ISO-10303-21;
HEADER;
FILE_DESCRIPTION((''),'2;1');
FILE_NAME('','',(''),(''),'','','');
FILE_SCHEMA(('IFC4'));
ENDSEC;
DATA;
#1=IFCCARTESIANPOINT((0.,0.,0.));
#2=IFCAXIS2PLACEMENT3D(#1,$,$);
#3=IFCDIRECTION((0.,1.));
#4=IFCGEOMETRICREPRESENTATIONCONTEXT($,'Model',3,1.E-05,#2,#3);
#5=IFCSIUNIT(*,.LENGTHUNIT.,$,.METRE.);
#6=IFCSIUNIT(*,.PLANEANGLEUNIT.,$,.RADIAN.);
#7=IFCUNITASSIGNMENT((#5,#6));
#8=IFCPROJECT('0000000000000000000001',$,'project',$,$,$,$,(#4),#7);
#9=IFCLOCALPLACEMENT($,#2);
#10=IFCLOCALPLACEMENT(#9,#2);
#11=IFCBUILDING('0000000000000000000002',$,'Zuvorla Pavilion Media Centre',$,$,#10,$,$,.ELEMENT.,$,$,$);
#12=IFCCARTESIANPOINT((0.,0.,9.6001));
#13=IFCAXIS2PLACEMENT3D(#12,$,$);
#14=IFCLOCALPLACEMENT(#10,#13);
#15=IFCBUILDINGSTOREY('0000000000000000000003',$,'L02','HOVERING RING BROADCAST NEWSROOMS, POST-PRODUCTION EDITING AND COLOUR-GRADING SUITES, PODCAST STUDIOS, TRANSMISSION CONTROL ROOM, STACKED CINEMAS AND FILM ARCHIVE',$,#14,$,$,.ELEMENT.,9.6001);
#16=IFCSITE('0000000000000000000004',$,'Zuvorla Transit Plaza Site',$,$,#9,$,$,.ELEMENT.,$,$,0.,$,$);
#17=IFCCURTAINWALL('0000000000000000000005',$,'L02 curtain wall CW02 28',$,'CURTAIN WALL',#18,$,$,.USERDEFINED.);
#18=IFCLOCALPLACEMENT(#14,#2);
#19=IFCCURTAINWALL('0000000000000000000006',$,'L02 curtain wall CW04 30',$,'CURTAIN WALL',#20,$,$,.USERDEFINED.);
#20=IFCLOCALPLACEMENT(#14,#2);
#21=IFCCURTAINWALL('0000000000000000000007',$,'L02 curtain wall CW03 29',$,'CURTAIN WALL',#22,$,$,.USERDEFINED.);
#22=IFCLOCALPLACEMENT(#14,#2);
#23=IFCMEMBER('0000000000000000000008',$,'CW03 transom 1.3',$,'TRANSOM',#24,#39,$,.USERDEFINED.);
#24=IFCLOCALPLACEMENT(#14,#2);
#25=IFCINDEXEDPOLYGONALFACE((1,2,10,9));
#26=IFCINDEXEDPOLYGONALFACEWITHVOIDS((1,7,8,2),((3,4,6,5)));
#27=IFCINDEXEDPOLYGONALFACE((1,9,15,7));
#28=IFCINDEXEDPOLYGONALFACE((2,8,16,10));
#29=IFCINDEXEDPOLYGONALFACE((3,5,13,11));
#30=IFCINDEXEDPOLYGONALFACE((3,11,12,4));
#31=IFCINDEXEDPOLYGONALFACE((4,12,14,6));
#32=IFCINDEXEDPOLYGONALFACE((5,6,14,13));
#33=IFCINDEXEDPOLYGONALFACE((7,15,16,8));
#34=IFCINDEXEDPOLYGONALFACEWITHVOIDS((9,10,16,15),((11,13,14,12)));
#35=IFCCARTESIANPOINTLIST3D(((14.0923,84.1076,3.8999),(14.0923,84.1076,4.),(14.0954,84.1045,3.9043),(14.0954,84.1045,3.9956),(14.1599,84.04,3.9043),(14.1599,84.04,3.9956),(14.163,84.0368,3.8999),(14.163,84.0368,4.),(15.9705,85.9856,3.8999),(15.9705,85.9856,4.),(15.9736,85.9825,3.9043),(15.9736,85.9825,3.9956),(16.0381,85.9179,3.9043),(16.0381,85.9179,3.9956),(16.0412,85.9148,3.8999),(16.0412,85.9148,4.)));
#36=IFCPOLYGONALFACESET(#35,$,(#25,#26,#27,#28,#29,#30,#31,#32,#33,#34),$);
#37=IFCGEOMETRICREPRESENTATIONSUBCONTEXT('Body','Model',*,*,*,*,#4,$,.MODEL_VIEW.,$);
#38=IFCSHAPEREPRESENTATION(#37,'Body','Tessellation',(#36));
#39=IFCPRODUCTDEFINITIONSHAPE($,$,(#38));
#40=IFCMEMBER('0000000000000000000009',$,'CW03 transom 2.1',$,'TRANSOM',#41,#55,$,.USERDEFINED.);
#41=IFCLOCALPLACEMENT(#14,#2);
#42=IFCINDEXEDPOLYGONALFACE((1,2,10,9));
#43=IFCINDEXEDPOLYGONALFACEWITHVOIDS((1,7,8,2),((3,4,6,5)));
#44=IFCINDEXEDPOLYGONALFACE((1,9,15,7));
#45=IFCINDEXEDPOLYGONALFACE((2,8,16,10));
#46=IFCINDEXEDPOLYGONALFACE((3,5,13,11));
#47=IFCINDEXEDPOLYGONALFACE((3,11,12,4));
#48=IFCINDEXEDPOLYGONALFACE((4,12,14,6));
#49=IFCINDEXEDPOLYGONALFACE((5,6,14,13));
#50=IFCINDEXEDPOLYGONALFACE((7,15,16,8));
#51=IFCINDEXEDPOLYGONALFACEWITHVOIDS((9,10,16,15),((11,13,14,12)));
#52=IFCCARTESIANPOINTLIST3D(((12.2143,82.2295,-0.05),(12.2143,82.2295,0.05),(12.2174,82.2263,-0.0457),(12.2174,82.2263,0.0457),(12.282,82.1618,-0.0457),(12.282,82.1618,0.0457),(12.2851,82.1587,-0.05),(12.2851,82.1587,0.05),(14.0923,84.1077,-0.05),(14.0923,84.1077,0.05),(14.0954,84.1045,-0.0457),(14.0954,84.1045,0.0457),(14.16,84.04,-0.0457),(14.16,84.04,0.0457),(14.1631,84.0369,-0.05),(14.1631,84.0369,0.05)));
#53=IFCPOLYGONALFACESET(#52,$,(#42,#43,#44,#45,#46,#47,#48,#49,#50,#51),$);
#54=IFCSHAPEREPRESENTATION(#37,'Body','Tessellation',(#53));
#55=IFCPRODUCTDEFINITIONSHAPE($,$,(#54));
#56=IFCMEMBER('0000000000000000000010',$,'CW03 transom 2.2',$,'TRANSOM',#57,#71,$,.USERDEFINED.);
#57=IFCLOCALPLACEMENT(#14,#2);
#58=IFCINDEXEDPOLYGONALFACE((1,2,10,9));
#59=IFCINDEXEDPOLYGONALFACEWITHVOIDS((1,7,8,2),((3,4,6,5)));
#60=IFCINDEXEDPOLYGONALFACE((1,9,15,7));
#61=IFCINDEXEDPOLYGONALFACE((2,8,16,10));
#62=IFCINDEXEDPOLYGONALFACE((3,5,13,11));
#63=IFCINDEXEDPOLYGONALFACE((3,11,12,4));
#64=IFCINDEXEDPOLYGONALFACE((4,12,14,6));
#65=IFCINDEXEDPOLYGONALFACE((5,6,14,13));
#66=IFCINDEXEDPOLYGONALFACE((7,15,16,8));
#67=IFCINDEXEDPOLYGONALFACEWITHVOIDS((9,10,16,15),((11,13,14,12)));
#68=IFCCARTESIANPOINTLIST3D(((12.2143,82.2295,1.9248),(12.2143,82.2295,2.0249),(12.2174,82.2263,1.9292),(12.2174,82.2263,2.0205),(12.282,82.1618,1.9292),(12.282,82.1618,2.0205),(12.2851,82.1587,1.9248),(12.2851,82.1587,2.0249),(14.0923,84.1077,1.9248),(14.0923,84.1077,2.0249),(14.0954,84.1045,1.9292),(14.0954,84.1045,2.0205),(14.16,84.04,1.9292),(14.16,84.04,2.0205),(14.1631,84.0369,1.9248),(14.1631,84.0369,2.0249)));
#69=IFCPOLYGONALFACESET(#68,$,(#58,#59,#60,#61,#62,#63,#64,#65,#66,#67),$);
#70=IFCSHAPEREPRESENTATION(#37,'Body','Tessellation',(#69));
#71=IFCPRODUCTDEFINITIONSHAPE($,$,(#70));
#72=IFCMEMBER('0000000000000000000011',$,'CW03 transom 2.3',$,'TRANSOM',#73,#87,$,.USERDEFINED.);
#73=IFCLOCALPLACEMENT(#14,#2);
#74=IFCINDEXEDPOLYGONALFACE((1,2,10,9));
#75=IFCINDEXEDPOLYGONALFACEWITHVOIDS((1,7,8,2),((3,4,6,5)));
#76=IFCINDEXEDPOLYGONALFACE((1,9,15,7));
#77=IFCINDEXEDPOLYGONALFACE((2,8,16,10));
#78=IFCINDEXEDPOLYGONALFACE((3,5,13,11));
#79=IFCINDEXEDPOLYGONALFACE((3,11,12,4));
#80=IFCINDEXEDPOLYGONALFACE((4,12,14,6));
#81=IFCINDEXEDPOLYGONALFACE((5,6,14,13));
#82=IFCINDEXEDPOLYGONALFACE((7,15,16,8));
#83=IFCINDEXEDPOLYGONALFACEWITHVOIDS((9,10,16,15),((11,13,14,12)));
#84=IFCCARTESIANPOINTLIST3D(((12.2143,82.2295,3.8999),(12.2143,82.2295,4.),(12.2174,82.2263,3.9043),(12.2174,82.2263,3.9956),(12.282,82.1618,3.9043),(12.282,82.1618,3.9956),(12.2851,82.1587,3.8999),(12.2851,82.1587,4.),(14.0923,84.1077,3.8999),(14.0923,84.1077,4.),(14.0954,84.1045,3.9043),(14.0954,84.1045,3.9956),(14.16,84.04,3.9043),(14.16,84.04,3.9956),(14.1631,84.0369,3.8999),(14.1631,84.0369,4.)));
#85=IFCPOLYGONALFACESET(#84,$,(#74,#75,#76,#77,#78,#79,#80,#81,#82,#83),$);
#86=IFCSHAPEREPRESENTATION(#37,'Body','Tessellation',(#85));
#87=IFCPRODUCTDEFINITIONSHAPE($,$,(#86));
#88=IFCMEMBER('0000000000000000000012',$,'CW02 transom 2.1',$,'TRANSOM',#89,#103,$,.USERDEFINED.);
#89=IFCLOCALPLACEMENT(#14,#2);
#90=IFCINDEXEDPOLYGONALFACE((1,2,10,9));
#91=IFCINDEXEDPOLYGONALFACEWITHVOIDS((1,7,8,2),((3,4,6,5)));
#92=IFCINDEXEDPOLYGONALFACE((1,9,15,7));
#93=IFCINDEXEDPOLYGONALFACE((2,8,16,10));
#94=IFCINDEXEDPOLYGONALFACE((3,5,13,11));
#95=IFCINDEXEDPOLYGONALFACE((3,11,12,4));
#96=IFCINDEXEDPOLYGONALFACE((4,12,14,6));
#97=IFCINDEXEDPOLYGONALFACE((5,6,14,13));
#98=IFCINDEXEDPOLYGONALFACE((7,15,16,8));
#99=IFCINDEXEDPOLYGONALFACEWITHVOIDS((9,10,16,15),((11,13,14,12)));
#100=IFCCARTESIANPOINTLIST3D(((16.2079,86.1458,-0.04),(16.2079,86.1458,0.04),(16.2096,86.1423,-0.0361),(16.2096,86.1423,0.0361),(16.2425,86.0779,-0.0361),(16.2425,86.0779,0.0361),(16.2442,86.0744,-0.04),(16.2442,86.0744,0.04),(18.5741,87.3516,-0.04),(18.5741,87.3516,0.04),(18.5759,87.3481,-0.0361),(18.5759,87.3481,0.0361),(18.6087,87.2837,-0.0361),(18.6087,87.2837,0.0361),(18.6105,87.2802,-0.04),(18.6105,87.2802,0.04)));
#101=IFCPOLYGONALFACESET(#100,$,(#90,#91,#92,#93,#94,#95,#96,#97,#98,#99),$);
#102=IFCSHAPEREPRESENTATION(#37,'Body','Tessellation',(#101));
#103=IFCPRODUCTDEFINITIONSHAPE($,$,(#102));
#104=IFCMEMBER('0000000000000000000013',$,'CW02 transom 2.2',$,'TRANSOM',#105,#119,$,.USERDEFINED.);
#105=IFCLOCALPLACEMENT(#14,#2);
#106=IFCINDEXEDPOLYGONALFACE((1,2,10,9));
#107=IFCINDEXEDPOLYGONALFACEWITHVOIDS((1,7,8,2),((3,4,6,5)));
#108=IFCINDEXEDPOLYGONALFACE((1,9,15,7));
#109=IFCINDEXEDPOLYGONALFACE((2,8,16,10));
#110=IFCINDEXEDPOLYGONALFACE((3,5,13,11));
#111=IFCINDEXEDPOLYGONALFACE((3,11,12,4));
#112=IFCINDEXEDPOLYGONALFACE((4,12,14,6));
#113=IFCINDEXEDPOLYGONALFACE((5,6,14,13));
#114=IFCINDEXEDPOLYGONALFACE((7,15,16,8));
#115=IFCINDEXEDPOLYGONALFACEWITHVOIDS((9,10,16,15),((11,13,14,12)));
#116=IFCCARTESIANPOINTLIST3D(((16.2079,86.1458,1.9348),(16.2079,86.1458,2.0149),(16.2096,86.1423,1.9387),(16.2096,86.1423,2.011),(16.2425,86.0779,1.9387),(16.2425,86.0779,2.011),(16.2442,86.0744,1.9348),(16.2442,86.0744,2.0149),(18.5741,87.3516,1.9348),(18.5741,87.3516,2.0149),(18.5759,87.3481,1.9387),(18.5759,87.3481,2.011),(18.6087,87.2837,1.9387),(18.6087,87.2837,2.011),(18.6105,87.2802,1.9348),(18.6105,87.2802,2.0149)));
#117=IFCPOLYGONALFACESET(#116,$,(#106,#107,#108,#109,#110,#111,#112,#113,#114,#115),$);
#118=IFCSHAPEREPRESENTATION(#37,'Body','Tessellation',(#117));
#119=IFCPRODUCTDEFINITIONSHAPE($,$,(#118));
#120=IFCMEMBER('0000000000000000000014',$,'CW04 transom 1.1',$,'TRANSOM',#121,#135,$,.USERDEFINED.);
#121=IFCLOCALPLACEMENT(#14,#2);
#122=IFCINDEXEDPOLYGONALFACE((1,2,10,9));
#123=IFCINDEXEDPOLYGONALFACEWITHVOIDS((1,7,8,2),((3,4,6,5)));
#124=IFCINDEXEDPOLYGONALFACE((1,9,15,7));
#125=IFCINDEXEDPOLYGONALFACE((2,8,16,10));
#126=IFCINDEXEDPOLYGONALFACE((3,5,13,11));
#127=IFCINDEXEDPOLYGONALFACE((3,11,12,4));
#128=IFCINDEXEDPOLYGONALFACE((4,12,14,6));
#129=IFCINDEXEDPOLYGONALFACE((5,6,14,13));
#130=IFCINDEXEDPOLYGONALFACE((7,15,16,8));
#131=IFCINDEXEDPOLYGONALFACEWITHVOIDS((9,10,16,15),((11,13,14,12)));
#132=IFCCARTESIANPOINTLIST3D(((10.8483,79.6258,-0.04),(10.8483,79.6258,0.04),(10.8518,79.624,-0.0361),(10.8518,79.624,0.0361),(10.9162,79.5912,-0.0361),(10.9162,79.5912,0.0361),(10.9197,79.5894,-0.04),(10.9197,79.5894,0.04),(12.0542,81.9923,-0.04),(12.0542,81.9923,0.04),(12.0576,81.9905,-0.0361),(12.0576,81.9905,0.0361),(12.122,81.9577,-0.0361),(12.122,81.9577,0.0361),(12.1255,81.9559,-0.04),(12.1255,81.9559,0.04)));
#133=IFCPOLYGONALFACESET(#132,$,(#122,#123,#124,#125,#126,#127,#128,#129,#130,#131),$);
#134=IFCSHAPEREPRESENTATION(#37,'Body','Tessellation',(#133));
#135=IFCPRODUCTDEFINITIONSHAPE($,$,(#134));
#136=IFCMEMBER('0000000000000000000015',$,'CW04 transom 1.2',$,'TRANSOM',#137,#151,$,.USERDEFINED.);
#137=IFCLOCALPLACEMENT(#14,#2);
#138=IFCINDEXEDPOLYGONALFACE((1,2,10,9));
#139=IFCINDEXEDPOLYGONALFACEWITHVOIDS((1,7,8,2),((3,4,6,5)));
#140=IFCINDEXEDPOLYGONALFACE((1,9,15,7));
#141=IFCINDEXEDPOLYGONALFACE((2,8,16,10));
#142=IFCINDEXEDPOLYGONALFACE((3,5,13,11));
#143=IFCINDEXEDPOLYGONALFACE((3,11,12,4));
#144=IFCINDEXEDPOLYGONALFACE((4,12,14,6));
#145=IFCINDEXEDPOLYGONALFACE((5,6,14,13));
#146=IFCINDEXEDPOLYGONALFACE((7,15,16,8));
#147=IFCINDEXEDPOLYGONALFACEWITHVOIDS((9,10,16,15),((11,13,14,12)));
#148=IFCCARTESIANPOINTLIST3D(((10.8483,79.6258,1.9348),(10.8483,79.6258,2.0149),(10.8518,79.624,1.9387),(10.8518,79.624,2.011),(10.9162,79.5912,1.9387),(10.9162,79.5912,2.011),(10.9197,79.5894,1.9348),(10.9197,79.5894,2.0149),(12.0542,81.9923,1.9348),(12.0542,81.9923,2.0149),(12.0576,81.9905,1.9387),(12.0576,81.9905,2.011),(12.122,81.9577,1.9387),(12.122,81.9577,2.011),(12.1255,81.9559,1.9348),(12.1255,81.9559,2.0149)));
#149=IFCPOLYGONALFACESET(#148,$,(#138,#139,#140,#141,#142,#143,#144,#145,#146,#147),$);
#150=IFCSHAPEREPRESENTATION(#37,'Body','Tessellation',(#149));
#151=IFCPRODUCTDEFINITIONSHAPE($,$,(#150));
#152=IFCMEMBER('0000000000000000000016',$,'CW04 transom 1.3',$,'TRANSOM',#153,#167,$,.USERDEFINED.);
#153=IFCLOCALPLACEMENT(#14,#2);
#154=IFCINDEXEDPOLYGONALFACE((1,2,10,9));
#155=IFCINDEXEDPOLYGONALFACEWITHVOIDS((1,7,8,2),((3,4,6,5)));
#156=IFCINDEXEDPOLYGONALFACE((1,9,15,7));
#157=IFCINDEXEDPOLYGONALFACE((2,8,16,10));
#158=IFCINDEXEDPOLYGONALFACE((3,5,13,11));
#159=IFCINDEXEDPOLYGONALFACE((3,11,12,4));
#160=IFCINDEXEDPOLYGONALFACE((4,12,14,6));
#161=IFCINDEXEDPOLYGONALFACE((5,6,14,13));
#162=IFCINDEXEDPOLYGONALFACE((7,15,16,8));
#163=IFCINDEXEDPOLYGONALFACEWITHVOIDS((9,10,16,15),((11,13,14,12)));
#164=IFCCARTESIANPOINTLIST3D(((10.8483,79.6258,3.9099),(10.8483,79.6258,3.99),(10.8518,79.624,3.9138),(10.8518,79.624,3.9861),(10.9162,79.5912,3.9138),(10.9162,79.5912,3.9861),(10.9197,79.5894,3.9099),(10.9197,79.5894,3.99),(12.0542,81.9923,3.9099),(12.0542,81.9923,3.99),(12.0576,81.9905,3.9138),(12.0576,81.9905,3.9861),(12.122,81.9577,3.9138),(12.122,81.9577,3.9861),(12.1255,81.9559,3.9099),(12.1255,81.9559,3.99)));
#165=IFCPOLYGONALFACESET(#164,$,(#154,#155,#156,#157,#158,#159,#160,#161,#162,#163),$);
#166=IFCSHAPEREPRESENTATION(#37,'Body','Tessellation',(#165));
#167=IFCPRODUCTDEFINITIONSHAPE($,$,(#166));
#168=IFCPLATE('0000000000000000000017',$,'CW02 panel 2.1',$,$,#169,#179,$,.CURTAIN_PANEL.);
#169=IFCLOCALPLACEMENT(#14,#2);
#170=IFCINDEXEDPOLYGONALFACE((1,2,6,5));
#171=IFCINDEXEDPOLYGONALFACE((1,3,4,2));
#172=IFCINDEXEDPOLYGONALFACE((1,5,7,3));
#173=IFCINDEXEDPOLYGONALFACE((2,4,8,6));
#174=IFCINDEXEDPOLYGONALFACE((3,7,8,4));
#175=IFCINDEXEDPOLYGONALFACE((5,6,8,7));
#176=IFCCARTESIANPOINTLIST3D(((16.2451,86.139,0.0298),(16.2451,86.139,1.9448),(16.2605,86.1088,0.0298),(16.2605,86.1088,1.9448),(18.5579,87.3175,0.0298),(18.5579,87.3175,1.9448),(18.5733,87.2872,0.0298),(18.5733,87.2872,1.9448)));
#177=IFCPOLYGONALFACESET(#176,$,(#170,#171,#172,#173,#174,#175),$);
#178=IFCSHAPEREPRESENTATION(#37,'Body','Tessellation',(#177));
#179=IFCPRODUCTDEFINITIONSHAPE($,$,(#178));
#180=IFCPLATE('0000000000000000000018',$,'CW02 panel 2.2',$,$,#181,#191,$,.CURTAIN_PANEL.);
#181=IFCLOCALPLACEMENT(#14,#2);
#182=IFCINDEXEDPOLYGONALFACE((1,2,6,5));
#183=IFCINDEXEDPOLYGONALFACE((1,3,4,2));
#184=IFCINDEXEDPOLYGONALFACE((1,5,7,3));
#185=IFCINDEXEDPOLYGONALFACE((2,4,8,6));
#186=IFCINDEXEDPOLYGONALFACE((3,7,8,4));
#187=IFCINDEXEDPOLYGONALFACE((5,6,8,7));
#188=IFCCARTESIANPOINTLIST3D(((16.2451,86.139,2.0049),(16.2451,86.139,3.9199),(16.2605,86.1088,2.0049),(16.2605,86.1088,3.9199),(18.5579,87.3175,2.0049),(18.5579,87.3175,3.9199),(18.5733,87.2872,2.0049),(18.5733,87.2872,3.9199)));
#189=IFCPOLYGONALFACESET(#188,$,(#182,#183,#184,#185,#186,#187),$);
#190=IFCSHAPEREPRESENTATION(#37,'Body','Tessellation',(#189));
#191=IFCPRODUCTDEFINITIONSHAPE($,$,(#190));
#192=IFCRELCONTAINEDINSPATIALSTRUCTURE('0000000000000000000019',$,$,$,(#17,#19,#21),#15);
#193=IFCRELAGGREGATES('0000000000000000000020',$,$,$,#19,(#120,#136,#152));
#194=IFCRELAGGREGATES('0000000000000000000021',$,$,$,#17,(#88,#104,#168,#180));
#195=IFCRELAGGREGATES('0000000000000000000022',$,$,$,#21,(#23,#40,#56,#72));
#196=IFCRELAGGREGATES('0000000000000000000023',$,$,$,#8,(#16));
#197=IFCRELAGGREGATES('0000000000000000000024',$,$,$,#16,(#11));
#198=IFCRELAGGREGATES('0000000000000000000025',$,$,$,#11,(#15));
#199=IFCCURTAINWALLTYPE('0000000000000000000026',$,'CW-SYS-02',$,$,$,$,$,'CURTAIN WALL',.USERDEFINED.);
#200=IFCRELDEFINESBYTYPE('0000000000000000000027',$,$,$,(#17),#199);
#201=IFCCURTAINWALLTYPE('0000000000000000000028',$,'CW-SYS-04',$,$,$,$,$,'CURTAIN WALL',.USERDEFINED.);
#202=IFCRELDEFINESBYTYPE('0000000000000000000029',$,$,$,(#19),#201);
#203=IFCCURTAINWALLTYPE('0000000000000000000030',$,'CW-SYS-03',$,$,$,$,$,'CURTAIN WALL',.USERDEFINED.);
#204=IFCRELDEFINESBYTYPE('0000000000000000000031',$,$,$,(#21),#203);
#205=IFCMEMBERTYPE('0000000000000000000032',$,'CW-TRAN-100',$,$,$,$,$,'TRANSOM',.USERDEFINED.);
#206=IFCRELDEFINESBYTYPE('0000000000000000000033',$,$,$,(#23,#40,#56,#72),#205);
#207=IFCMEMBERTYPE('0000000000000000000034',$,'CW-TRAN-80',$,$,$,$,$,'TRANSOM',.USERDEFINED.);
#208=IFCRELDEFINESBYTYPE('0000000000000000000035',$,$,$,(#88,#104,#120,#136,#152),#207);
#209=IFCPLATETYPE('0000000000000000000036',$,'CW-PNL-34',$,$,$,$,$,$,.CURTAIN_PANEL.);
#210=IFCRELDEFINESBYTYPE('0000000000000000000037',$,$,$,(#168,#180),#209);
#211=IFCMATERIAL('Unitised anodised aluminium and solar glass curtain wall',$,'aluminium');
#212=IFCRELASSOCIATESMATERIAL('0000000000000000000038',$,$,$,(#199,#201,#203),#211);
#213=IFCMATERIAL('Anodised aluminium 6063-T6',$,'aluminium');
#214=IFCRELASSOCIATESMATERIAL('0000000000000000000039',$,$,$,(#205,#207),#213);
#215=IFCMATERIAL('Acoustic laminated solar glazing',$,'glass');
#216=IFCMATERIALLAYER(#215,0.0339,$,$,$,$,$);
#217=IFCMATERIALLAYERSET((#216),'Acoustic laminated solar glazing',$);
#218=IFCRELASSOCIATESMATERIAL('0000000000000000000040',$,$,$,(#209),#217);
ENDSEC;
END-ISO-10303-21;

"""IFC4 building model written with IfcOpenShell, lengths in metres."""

from ifc_helpers import new_model, si_unit, direction, frame, origin, origin_2d, place, context, subcontext, project, spatial, rectangle, hollow_rectangle, extrude, material, layer, layer_set, material_profile, profile_set, type_object, element, aggregate, save


model = new_model("IFC4")

# Units and contexts
model_context = context("Model", 3, precision=1e-05, world=origin(), true_north=direction((0.0, 1.0)))
body_context = subcontext(model_context, "Body", "Model", "MODEL_VIEW")
ifc_project = project(units=[si_unit("LENGTHUNIT", "METRE"), si_unit("PLANEANGLEUNIT", "RADIAN")], contexts=[model_context])

# Site, building, storey
site_placement = place(None, origin())
site = spatial("IfcSite", under=ifc_project, at=site_placement, Name="Zuvorla Transit Plaza Site", CompositionType="ELEMENT", RefElevation=0.0)
building_placement = place(site_placement, origin())
building = spatial("IfcBuilding", under=site, at=building_placement, Name="Zuvorla Pavilion Media Centre", CompositionType="ELEMENT")
storey_placement = place(building_placement, frame((0.0, 0.0, 9.6001)))
storey = spatial("IfcBuildingStorey", under=building, at=storey_placement, Name="L02", Description="HOVERING RING BROADCAST NEWSROOMS, POST-PRODUCTION EDITING AND COLOUR-GRADING SUITES, PODCAST STUDIOS, TRANSMISSION CONTROL ROOM, STACKED CINEMAS AND FILM ARCHIVE", CompositionType="ELEMENT", Elevation=9.6001)

# Curtain wall
ifc_material_1 = material(Name="Unitised anodised aluminium and solar glass curtain wall", Category="aluminium")
curtain_wall_type_1 = type_object("IfcCurtainWallType", Name="CW-SYS-02", ElementType="CURTAIN WALL", PredefinedType="USERDEFINED", material=ifc_material_1)
curtain_wall_1_placement = place(storey_placement, origin())
curtain_wall_1 = element("IfcCurtainWall", 1, at=curtain_wall_1_placement, inside=storey, type_object=curtain_wall_type_1, Name="L02 curtain wall CW02 28", ObjectType="CURTAIN WALL", PredefinedType="USERDEFINED")
ifc_material_2 = material(Name="Anodised aluminium 6063-T6", Category="aluminium")

# Curtain wall
curtain_wall_type_2 = type_object("IfcCurtainWallType", Name="CW-SYS-04", ElementType="CURTAIN WALL", PredefinedType="USERDEFINED", material=ifc_material_1)
curtain_wall_2_placement = place(storey_placement, origin())
curtain_wall_2 = element("IfcCurtainWall", 2, at=curtain_wall_2_placement, inside=storey, type_object=curtain_wall_type_2, Name="L02 curtain wall CW04 30", ObjectType="CURTAIN WALL", PredefinedType="USERDEFINED")

# Curtain wall, members
curtain_wall_type_3 = type_object("IfcCurtainWallType", Name="CW-SYS-03", ElementType="CURTAIN WALL", PredefinedType="USERDEFINED", material=ifc_material_1)
curtain_wall_3_placement = place(storey_placement, origin())
curtain_wall_3 = element("IfcCurtainWall", 3, at=curtain_wall_3_placement, inside=storey, type_object=curtain_wall_type_3, Name="L02 curtain wall CW03 29", ObjectType="CURTAIN WALL", PredefinedType="USERDEFINED")
ifc_material_profile_1 = material_profile(ifc_material_2, hollow_rectangle(XDim=0.1001, YDim=0.1001, WallThickness=0.0044, at=origin_2d()), Name="ALU TRAN 100x100")
ifc_profile_set_1 = profile_set([ifc_material_profile_1], Name="Anodised aluminium 6063-T6")
member_type_1 = type_object("IfcMemberType", Name="CW-TRAN-100", ElementType="TRANSOM", PredefinedType="USERDEFINED", material=ifc_profile_set_1)
member_1_placement = place(storey_placement, frame((16.0059, 85.9502, 3.95), z_axis=(-0.707153, -0.707061, 0.0), x_axis=(0.707061, -0.707153, 0.0)))
member_1 = element("IfcMember", 4, at=member_1_placement, type_object=member_type_1, Name="CW03 transom 1.3", ObjectType="TRANSOM", PredefinedType="USERDEFINED", context=body_context, shape_type="SweptSolid", body=[
    extrude(hollow_rectangle(XDim=0.1001, YDim=0.1001, WallThickness=0.0044, at=origin_2d()), origin(), (0.0, 0.0, 1.0), 2.656),
])
member_2_placement = place(storey_placement, frame((14.1277, 84.0723, 0.0), z_axis=(-0.707061, -0.707153, 0.0), x_axis=(0.707153, -0.707061, 0.0)))
member_2 = element("IfcMember", 5, at=member_2_placement, type_object=member_type_1, Name="CW03 transom 2.1", ObjectType="TRANSOM", PredefinedType="USERDEFINED", context=body_context, shape_type="SweptSolid", body=[
    extrude(hollow_rectangle(XDim=0.1001, YDim=0.1001, WallThickness=0.0044, at=origin_2d()), origin(), (0.0, 0.0, 1.0), 2.656),
])
member_3_placement = place(storey_placement, frame((14.1277, 84.0723, 1.9749), z_axis=(-0.707061, -0.707153, 0.0), x_axis=(0.707153, -0.707061, 0.0)))
member_3 = element("IfcMember", 6, at=member_3_placement, type_object=member_type_1, Name="CW03 transom 2.2", ObjectType="TRANSOM", PredefinedType="USERDEFINED", context=body_context, shape_type="SweptSolid", body=[
    extrude(hollow_rectangle(XDim=0.1001, YDim=0.1001, WallThickness=0.0044, at=origin_2d()), origin(), (0.0, 0.0, 1.0), 2.656),
])
member_4_placement = place(storey_placement, frame((14.1277, 84.0723, 3.95), z_axis=(-0.707061, -0.707153, 0.0), x_axis=(0.707153, -0.707061, 0.0)))
member_4 = element("IfcMember", 7, at=member_4_placement, type_object=member_type_1, Name="CW03 transom 2.3", ObjectType="TRANSOM", PredefinedType="USERDEFINED", context=body_context, shape_type="SweptSolid", body=[
    extrude(hollow_rectangle(XDim=0.1001, YDim=0.1001, WallThickness=0.0044, at=origin_2d()), origin(), (0.0, 0.0, 1.0), 2.656),
])

# Members
ifc_material_profile_2 = material_profile(ifc_material_2, hollow_rectangle(XDim=0.0801, YDim=0.0801, WallThickness=0.0039, at=origin_2d()), Name="ALU TRAN 80x80")
ifc_profile_set_2 = profile_set([ifc_material_profile_2], Name="Anodised aluminium 6063-T6")
member_type_2 = type_object("IfcMemberType", Name="CW-TRAN-80", ElementType="TRANSOM", PredefinedType="USERDEFINED", material=ifc_profile_set_2)
member_5_placement = place(storey_placement, frame((18.5923, 87.3159, 0.0), z_axis=(-0.890981, -0.45404, 0.0), x_axis=(0.45404, -0.890981, 0.0)))
member_5 = element("IfcMember", 8, at=member_5_placement, type_object=member_type_2, Name="CW02 transom 2.1", ObjectType="TRANSOM", PredefinedType="USERDEFINED", context=body_context, shape_type="SweptSolid", body=[
    extrude(hollow_rectangle(XDim=0.0801, YDim=0.0801, WallThickness=0.0039, at=origin_2d()), origin(), (0.0, 0.0, 1.0), 2.6558),
])
member_6_placement = place(storey_placement, frame((18.5923, 87.3159, 1.9749), z_axis=(-0.890981, -0.45404, 0.0), x_axis=(0.45404, -0.890981, 0.0)))
member_6 = element("IfcMember", 9, at=member_6_placement, type_object=member_type_2, Name="CW02 transom 2.2", ObjectType="TRANSOM", PredefinedType="USERDEFINED", context=body_context, shape_type="SweptSolid", body=[
    extrude(hollow_rectangle(XDim=0.0801, YDim=0.0801, WallThickness=0.0039, at=origin_2d()), origin(), (0.0, 0.0, 1.0), 2.6558),
])
member_7_placement = place(storey_placement, frame((12.0898, 81.9741, 0.0), z_axis=(-0.454003, -0.891, 0.0), x_axis=(0.891, -0.454003, 0.0)))
member_7 = element("IfcMember", 10, at=member_7_placement, type_object=member_type_2, Name="CW04 transom 1.1", ObjectType="TRANSOM", PredefinedType="USERDEFINED", context=body_context, shape_type="SweptSolid", body=[
    extrude(hollow_rectangle(XDim=0.0801, YDim=0.0801, WallThickness=0.0039, at=origin_2d()), origin(), (0.0, 0.0, 1.0), 2.656),
])
member_8_placement = place(storey_placement, frame((12.0898, 81.9741, 1.9749), z_axis=(-0.454003, -0.891, 0.0), x_axis=(0.891, -0.454003, 0.0)))
member_8 = element("IfcMember", 11, at=member_8_placement, type_object=member_type_2, Name="CW04 transom 1.2", ObjectType="TRANSOM", PredefinedType="USERDEFINED", context=body_context, shape_type="SweptSolid", body=[
    extrude(hollow_rectangle(XDim=0.0801, YDim=0.0801, WallThickness=0.0039, at=origin_2d()), origin(), (0.0, 0.0, 1.0), 2.656),
])
member_9_placement = place(storey_placement, frame((12.0898, 81.9741, 3.95), z_axis=(-0.454003, -0.891, 0.0), x_axis=(0.891, -0.454003, 0.0)))
member_9 = element("IfcMember", 12, at=member_9_placement, type_object=member_type_2, Name="CW04 transom 1.3", ObjectType="TRANSOM", PredefinedType="USERDEFINED", context=body_context, shape_type="SweptSolid", body=[
    extrude(hollow_rectangle(XDim=0.0801, YDim=0.0801, WallThickness=0.0039, at=origin_2d()), origin(), (0.0, 0.0, 1.0), 2.656),
])
aggregate(curtain_wall_2, [member_7, member_8, member_9])

# Plates
ifc_material_3 = material(Name="Acoustic laminated solar glazing", Category="glass")
ifc_layer_1 = layer(ifc_material_3, 0.0339)
ifc_layer_set_1 = layer_set([ifc_layer_1], Name="Acoustic laminated solar glazing")
plate_type_1 = type_object("IfcPlateType", Name="CW-PNL-34", PredefinedType="CURTAIN_PANEL", material=ifc_layer_set_1)
plate_1_placement = place(storey_placement, frame((17.4092, 86.7131, 0.0298), z_axis=(0.0, 0.0, 1.0), x_axis=(-0.891009, -0.453986, 0.0)))
plate_1 = element("IfcPlate", 13, at=plate_1_placement, type_object=plate_type_1, Name="CW02 panel 2.1", PredefinedType="CURTAIN_PANEL", context=body_context, shape_type="SweptSolid", body=[
    extrude(rectangle(XDim=2.5957, YDim=0.0339, at=origin_2d()), origin(), (0.0, 0.0, 1.0), 1.915),
])
plate_2_placement = place(storey_placement, frame((17.4092, 86.7131, 2.0049), z_axis=(0.0, 0.0, 1.0), x_axis=(-0.891009, -0.453986, 0.0)))
plate_2 = element("IfcPlate", 14, at=plate_2_placement, type_object=plate_type_1, Name="CW02 panel 2.2", PredefinedType="CURTAIN_PANEL", context=body_context, shape_type="SweptSolid", body=[
    extrude(rectangle(XDim=2.5957, YDim=0.0339, at=origin_2d()), origin(), (0.0, 0.0, 1.0), 1.915),
])
aggregate(curtain_wall_1, [member_5, member_6, plate_1, plate_2])
aggregate(curtain_wall_3, [member_1, member_2, member_3, member_4])

save(model, "model.ifc")
